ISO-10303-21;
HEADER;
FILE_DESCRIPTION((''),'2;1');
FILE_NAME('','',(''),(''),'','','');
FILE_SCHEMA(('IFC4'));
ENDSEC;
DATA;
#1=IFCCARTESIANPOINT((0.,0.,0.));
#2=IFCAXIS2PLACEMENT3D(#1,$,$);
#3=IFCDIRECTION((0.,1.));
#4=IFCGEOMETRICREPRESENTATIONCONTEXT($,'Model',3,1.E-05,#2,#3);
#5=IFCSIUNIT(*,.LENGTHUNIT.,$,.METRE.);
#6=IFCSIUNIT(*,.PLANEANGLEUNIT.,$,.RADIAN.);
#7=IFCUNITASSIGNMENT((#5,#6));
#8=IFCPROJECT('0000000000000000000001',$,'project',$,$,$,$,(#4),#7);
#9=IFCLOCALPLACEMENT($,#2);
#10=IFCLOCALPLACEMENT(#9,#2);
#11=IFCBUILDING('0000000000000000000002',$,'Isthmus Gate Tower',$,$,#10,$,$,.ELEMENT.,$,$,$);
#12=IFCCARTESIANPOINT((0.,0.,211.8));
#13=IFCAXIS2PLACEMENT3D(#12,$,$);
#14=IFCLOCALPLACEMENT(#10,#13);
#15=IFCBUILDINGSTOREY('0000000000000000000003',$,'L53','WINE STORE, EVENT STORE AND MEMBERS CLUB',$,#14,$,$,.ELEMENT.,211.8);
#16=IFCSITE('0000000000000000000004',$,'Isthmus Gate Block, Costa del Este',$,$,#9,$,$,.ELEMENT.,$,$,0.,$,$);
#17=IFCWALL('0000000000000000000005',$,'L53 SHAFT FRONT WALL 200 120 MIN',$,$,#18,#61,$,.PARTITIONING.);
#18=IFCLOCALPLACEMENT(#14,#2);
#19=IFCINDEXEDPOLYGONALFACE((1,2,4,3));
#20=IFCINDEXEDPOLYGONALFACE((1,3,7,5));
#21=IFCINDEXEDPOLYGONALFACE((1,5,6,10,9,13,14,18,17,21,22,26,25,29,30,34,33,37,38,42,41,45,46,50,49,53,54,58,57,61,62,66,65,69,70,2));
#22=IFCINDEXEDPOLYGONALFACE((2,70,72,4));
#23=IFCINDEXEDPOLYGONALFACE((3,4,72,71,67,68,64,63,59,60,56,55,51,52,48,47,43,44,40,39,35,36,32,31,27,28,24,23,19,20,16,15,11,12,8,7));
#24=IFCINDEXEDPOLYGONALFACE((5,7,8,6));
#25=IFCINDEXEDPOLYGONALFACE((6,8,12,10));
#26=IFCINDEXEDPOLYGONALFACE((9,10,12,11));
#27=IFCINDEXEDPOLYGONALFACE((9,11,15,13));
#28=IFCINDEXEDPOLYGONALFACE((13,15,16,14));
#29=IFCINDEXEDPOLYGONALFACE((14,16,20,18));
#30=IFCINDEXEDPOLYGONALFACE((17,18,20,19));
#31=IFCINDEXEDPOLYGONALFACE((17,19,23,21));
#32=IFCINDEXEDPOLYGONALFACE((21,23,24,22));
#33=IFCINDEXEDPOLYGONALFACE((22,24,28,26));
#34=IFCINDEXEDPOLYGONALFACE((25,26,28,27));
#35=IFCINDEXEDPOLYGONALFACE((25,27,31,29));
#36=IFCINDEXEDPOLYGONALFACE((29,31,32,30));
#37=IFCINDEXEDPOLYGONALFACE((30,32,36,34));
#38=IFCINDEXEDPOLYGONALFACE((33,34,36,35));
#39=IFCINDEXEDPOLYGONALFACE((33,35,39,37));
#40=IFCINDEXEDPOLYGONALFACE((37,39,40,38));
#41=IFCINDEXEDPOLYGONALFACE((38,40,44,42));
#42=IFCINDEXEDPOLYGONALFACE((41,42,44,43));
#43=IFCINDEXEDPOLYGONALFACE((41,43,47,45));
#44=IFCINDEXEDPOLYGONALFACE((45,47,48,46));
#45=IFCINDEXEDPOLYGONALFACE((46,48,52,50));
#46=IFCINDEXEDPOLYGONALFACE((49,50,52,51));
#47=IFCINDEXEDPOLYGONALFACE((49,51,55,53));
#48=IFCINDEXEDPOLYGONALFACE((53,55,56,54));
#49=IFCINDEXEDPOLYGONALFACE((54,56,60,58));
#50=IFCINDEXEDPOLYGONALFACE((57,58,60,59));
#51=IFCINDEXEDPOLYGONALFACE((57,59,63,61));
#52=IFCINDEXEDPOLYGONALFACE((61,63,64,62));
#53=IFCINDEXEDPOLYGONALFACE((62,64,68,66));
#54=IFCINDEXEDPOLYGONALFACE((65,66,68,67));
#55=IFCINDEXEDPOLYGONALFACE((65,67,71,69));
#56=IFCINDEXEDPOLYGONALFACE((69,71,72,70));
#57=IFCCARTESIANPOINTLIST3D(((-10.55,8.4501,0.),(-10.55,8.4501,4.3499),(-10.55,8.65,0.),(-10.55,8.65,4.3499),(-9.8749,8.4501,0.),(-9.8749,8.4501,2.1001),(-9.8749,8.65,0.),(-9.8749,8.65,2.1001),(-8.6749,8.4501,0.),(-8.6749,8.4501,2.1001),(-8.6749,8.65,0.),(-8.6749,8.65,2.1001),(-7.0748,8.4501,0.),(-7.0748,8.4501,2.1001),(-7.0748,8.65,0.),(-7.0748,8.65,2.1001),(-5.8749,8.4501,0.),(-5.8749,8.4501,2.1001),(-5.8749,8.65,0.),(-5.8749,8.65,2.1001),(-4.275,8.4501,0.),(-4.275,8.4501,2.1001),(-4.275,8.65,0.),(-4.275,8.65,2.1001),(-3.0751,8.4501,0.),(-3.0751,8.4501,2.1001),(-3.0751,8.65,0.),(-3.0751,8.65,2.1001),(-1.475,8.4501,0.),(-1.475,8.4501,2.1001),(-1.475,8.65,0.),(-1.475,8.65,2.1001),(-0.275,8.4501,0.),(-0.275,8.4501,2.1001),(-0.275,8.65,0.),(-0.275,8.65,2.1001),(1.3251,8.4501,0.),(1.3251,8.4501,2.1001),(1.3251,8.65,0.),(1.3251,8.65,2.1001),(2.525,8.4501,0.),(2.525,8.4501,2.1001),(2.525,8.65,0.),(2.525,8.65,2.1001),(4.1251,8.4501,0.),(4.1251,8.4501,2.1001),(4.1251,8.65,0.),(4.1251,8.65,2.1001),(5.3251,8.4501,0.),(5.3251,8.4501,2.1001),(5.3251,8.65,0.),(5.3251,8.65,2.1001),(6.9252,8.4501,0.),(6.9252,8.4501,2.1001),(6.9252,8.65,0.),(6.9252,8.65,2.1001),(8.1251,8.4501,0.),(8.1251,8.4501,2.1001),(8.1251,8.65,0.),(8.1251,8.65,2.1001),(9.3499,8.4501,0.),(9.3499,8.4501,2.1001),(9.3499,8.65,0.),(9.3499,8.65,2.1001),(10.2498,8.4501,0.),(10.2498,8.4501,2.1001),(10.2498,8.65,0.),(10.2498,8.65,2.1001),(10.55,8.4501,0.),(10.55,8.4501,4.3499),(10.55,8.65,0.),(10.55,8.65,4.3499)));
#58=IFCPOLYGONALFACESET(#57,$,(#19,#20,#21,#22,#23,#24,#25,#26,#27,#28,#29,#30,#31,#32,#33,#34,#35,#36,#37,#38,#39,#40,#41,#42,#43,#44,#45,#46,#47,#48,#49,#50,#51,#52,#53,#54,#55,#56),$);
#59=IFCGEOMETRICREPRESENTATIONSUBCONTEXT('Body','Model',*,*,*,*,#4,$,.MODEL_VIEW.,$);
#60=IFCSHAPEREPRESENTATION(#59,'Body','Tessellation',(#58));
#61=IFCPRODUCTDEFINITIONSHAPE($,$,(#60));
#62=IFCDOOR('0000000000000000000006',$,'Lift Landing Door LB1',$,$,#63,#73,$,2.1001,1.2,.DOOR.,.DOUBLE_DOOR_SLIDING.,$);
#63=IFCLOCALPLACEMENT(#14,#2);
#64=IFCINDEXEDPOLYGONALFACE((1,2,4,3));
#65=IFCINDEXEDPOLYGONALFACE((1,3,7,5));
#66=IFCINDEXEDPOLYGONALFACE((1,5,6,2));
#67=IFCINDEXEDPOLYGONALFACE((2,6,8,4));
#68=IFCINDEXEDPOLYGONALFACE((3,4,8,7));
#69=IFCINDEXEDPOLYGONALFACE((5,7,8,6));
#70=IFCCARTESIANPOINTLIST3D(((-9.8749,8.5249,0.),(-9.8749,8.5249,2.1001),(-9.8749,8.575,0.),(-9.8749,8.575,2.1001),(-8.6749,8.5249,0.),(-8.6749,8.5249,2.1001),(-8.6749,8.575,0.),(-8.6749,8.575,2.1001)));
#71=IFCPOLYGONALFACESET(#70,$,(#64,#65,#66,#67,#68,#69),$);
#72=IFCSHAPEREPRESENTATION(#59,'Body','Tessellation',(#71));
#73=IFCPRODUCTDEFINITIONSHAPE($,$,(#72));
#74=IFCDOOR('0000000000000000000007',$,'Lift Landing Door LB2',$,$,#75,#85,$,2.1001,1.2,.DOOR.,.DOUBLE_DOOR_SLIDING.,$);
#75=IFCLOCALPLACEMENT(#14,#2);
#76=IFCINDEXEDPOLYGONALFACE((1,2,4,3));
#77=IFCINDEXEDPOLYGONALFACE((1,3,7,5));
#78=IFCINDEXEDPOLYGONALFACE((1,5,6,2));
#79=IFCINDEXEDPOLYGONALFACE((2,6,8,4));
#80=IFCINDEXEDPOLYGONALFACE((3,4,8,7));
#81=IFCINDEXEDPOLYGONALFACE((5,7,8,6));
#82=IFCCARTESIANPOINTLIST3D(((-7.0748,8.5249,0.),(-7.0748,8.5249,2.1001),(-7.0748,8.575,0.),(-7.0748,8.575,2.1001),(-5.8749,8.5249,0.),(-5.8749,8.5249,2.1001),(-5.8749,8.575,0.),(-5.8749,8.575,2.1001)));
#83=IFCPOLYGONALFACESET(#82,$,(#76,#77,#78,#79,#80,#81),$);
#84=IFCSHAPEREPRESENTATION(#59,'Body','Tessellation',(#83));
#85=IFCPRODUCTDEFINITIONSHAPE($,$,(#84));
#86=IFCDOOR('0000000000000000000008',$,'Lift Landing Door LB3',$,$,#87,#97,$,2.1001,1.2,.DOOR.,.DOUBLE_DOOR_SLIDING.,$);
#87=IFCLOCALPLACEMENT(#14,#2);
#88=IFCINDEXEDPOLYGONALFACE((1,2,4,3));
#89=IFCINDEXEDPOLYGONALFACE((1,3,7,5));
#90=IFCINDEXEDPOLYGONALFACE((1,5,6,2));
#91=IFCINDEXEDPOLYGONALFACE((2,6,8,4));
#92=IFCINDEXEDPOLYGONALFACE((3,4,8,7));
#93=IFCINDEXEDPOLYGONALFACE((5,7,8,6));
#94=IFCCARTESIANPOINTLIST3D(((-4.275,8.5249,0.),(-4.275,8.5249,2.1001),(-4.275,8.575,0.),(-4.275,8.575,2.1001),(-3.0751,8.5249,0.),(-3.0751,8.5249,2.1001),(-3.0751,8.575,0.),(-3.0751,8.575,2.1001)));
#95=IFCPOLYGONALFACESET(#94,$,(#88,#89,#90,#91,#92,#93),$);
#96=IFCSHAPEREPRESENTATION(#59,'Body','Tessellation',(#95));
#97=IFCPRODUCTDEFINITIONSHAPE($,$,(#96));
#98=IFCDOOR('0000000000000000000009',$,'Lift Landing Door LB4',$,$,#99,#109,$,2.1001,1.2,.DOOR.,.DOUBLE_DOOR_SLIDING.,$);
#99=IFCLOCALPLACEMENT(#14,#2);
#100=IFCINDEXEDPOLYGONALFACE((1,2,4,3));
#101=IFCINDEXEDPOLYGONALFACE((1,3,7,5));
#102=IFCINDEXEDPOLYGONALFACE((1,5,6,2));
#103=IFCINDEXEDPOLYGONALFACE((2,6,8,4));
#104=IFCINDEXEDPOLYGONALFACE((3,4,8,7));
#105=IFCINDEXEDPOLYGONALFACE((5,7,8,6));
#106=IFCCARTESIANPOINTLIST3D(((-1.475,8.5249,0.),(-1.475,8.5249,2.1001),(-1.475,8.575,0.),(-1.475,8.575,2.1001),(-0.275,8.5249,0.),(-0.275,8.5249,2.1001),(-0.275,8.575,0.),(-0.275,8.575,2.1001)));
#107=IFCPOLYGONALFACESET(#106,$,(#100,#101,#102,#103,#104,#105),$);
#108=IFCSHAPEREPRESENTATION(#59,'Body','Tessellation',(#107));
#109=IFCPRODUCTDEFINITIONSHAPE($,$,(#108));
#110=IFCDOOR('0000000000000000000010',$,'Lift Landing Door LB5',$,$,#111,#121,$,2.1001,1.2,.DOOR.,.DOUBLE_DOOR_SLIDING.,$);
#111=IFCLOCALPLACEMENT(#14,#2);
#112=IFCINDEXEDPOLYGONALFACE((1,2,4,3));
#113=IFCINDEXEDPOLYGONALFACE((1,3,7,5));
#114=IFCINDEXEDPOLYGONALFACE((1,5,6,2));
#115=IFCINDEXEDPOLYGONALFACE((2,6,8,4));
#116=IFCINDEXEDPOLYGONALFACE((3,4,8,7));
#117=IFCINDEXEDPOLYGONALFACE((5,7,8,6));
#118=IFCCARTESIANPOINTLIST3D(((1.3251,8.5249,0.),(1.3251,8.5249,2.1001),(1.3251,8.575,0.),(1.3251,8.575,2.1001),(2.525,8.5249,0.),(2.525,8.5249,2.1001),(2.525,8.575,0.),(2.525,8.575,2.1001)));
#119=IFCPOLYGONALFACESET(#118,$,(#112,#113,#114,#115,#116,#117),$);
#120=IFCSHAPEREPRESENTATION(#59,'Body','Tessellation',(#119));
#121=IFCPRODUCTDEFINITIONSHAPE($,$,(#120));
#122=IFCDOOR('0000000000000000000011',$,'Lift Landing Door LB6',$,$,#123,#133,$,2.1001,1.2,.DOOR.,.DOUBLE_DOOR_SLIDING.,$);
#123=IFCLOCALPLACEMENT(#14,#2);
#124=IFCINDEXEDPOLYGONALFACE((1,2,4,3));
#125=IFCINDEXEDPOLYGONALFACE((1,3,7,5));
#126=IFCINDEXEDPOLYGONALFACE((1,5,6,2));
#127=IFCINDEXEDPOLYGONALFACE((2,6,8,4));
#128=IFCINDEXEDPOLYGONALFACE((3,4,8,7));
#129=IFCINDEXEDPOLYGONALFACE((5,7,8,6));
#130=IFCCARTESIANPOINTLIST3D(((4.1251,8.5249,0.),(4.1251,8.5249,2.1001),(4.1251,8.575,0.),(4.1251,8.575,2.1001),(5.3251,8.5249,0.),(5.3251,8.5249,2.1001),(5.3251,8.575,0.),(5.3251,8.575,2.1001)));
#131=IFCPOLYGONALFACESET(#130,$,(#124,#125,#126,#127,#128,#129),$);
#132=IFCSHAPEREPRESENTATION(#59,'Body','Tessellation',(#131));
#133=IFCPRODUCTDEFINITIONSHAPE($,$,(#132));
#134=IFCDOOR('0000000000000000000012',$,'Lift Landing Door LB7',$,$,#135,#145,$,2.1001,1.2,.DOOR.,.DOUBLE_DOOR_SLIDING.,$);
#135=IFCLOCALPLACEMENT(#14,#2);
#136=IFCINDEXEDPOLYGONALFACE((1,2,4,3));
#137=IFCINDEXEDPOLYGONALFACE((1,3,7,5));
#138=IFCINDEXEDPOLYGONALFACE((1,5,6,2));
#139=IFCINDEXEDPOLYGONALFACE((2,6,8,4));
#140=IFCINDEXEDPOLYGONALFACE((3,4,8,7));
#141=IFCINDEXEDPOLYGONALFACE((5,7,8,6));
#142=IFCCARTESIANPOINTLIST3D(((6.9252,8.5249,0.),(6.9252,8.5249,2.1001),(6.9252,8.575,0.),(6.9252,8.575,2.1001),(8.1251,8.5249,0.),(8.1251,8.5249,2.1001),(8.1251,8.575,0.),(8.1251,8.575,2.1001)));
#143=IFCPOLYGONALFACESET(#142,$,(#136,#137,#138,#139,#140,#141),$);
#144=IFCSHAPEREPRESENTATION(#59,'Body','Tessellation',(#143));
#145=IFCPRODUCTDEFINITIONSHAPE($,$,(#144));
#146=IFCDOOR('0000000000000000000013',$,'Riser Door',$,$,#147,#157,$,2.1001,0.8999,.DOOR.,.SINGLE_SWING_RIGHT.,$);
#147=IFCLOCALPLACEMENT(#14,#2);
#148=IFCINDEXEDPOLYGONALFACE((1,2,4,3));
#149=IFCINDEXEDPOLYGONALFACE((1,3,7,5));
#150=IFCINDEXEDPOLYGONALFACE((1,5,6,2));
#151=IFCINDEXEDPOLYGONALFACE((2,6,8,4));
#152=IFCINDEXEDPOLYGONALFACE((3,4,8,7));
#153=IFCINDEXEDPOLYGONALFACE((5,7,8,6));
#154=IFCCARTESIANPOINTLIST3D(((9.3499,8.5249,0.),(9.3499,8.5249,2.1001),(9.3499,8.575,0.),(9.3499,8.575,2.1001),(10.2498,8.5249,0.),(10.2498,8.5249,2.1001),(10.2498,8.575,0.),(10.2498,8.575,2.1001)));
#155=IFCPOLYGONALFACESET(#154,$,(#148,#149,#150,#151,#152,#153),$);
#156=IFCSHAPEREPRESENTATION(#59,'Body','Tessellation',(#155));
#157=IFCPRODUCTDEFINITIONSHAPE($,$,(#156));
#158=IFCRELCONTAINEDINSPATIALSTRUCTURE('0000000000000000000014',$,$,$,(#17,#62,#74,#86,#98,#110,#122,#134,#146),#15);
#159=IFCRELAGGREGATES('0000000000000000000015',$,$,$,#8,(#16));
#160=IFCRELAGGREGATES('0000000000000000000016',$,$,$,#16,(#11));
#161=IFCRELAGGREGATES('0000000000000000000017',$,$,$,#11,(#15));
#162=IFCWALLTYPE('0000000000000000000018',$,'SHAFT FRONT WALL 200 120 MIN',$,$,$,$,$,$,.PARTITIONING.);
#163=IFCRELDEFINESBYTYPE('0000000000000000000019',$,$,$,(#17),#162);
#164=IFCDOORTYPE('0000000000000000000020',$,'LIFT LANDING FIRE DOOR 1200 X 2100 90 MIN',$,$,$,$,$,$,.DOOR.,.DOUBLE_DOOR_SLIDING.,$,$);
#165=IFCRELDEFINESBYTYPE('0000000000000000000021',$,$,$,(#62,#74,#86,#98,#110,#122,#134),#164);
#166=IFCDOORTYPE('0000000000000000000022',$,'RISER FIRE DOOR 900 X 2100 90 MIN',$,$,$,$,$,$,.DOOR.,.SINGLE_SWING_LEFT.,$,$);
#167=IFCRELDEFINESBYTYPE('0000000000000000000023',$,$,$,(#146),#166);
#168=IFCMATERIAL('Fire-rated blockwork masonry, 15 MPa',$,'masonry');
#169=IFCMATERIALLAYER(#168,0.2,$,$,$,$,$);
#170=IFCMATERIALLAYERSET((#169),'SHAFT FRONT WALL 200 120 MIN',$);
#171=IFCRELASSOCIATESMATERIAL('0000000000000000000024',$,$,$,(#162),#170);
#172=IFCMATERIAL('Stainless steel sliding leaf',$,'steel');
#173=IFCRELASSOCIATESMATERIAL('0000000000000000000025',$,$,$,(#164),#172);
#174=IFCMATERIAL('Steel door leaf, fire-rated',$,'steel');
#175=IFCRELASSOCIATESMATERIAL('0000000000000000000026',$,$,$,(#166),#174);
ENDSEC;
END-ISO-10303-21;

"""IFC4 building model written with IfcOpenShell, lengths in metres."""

from ifc_helpers import new_model, si_unit, direction, frame, frame_2d, origin, place, context, subcontext, project, spatial, rectangle, extrude, material, layer, layer_set, type_object, element, fill, save


model = new_model("IFC4")

# Units and contexts
model_context = context("Model", 3, precision=1e-05, world=origin(), true_north=direction((0.0, 1.0)))
body_context = subcontext(model_context, "Body", "Model", "MODEL_VIEW")
ifc_project = project(units=[si_unit("LENGTHUNIT", "METRE"), si_unit("PLANEANGLEUNIT", "RADIAN")], contexts=[model_context])

# Site, building, storey
site_placement = place(None, origin())
site = spatial("IfcSite", under=ifc_project, at=site_placement, Name="Isthmus Gate Block, Costa del Este", CompositionType="ELEMENT", RefElevation=0.0)
building_placement = place(site_placement, origin())
building = spatial("IfcBuilding", under=site, at=building_placement, Name="Isthmus Gate Tower", CompositionType="ELEMENT")
storey_placement = place(building_placement, frame((0.0, 0.0, 211.8)))
storey = spatial("IfcBuildingStorey", under=building, at=storey_placement, Name="L53", Description="WINE STORE, EVENT STORE AND MEMBERS CLUB", CompositionType="ELEMENT", Elevation=211.8)

# Wall, openings, doors
ifc_material_1 = material(Name="Fire-rated blockwork masonry, 15 MPa", Category="masonry")
ifc_layer_1 = layer(ifc_material_1, 0.2)
ifc_layer_set_1 = layer_set([ifc_layer_1], Name="SHAFT FRONT WALL 200 120 MIN")
wall_type_1 = type_object("IfcWallType", Name="SHAFT FRONT WALL 200 120 MIN", PredefinedType="PARTITIONING", material=ifc_layer_set_1)
ifc_material_2 = material(Name="Stainless steel sliding leaf", Category="steel")
door_type_1 = type_object("IfcDoorType", Name="LIFT LANDING FIRE DOOR 1200 X 2100 90 MIN", OperationType="DOUBLE_DOOR_SLIDING", PredefinedType="DOOR", material=ifc_material_2)
ifc_material_3 = material(Name="Steel door leaf, fire-rated", Category="steel")
door_type_2 = type_object("IfcDoorType", Name="RISER FIRE DOOR 900 X 2100 90 MIN", OperationType="SINGLE_SWING_LEFT", PredefinedType="DOOR", material=ifc_material_3)
wall_1_placement = place(storey_placement, frame((-10.55, 8.55, 0.0), z_axis=(0.0, 0.0, 1.0), x_axis=(1.0, 0.0, 0.0)))
wall_1 = element("IfcWall", 1, at=wall_1_placement, inside=storey, type_object=wall_type_1, Name="L53 SHAFT FRONT WALL 200 120 MIN", PredefinedType="PARTITIONING", context=body_context, shape_type="SweptSolid", body=[
    extrude(rectangle(XDim=21.1001, YDim=0.2, at=frame_2d((10.55, 0.0))), origin(), (0.0, 0.0, 1.0), 4.3499),
])
opening_1_placement = place(wall_1_placement, frame((0.675, 0.0, 0.0)))
opening_1 = element("IfcOpeningElement", 2, at=opening_1_placement, cuts=wall_1, PredefinedType="OPENING", context=body_context, shape_type="SweptSolid", body=[
    extrude(rectangle(XDim=1.2, YDim=2.1001, at=frame_2d((0.6001, 1.05))), frame((0.0, 0.1099, 0.0), z_axis=(0.0, -1.0, 0.0), x_axis=(1.0, 0.0, 0.0)), (0.0, 0.0, 1.0), 0.22),
])
opening_2_placement = place(wall_1_placement, frame((3.4751, 0.0, 0.0)))
opening_2 = element("IfcOpeningElement", 3, at=opening_2_placement, cuts=wall_1, PredefinedType="OPENING", context=body_context, shape_type="SweptSolid", body=[
    extrude(rectangle(XDim=1.2, YDim=2.1001, at=frame_2d((0.6001, 1.05))), frame((0.0, 0.1099, 0.0), z_axis=(0.0, -1.0, 0.0), x_axis=(1.0, 0.0, 0.0)), (0.0, 0.0, 1.0), 0.22),
])
opening_3_placement = place(wall_1_placement, frame((6.2749, 0.0, 0.0)))
opening_3 = element("IfcOpeningElement", 4, at=opening_3_placement, cuts=wall_1, PredefinedType="OPENING", context=body_context, shape_type="SweptSolid", body=[
    extrude(rectangle(XDim=1.2, YDim=2.1001, at=frame_2d((0.6001, 1.05))), frame((0.0, 0.1099, 0.0), z_axis=(0.0, -1.0, 0.0), x_axis=(1.0, 0.0, 0.0)), (0.0, 0.0, 1.0), 0.22),
])
opening_4_placement = place(wall_1_placement, frame((9.075, 0.0, 0.0)))
opening_4 = element("IfcOpeningElement", 5, at=opening_4_placement, cuts=wall_1, PredefinedType="OPENING", context=body_context, shape_type="SweptSolid", body=[
    extrude(rectangle(XDim=1.2, YDim=2.1001, at=frame_2d((0.6001, 1.05))), frame((0.0, 0.1099, 0.0), z_axis=(0.0, -1.0, 0.0), x_axis=(1.0, 0.0, 0.0)), (0.0, 0.0, 1.0), 0.22),
])
opening_5_placement = place(wall_1_placement, frame((11.875, 0.0, 0.0)))
opening_5 = element("IfcOpeningElement", 6, at=opening_5_placement, cuts=wall_1, PredefinedType="OPENING", context=body_context, shape_type="SweptSolid", body=[
    extrude(rectangle(XDim=1.2, YDim=2.1001, at=frame_2d((0.6001, 1.05))), frame((0.0, 0.1099, 0.0), z_axis=(0.0, -1.0, 0.0), x_axis=(1.0, 0.0, 0.0)), (0.0, 0.0, 1.0), 0.22),
])
opening_6_placement = place(wall_1_placement, frame((14.675, 0.0, 0.0)))
opening_6 = element("IfcOpeningElement", 7, at=opening_6_placement, cuts=wall_1, PredefinedType="OPENING", context=body_context, shape_type="SweptSolid", body=[
    extrude(rectangle(XDim=1.2, YDim=2.1001, at=frame_2d((0.6001, 1.05))), frame((0.0, 0.1099, 0.0), z_axis=(0.0, -1.0, 0.0), x_axis=(1.0, 0.0, 0.0)), (0.0, 0.0, 1.0), 0.22),
])
opening_7_placement = place(wall_1_placement, frame((17.4751, 0.0, 0.0)))
opening_7 = element("IfcOpeningElement", 8, at=opening_7_placement, cuts=wall_1, PredefinedType="OPENING", context=body_context, shape_type="SweptSolid", body=[
    extrude(rectangle(XDim=1.2, YDim=2.1001, at=frame_2d((0.6001, 1.05))), frame((0.0, 0.1099, 0.0), z_axis=(0.0, -1.0, 0.0), x_axis=(1.0, 0.0, 0.0)), (0.0, 0.0, 1.0), 0.22),
])
opening_8_placement = place(wall_1_placement, frame((19.8999, 0.0, 0.0)))
opening_8 = element("IfcOpeningElement", 9, at=opening_8_placement, cuts=wall_1, PredefinedType="OPENING", context=body_context, shape_type="SweptSolid", body=[
    extrude(rectangle(XDim=0.8999, YDim=2.1001, at=frame_2d((0.45, 1.05))), frame((0.0, 0.1099, 0.0), z_axis=(0.0, -1.0, 0.0), x_axis=(1.0, 0.0, 0.0)), (0.0, 0.0, 1.0), 0.22),
])
door_1_placement = place(opening_1_placement, origin())
door_1 = element("IfcDoor", 10, at=door_1_placement, inside=storey, type_object=door_type_1, Name="Lift Landing Door LB1", OperationType="DOUBLE_DOOR_SLIDING", OverallHeight=2.1001, OverallWidth=1.2, PredefinedType="DOOR", context=body_context, shape_type="SweptSolid", body=[
    extrude(rectangle(XDim=1.2, YDim=2.1001, at=frame_2d((0.6001, 1.05))), frame((0.0, 0.0249, 0.0), z_axis=(0.0, -1.0, 0.0), x_axis=(1.0, 0.0, 0.0)), (0.0, 0.0, 1.0), 0.05),
])
fill(opening_1, door_1)
door_2_placement = place(opening_2_placement, origin())
door_2 = element("IfcDoor", 11, at=door_2_placement, inside=storey, type_object=door_type_1, Name="Lift Landing Door LB2", OperationType="DOUBLE_DOOR_SLIDING", OverallHeight=2.1001, OverallWidth=1.2, PredefinedType="DOOR", context=body_context, shape_type="SweptSolid", body=[
    extrude(rectangle(XDim=1.2, YDim=2.1001, at=frame_2d((0.6001, 1.05))), frame((0.0, 0.0249, 0.0), z_axis=(0.0, -1.0, 0.0), x_axis=(1.0, 0.0, 0.0)), (0.0, 0.0, 1.0), 0.05),
])
fill(opening_2, door_2)
door_3_placement = place(opening_3_placement, origin())
door_3 = element("IfcDoor", 12, at=door_3_placement, inside=storey, type_object=door_type_1, Name="Lift Landing Door LB3", OperationType="DOUBLE_DOOR_SLIDING", OverallHeight=2.1001, OverallWidth=1.2, PredefinedType="DOOR", context=body_context, shape_type="SweptSolid", body=[
    extrude(rectangle(XDim=1.2, YDim=2.1001, at=frame_2d((0.6001, 1.05))), frame((0.0, 0.0249, 0.0), z_axis=(0.0, -1.0, 0.0), x_axis=(1.0, 0.0, 0.0)), (0.0, 0.0, 1.0), 0.05),
])
fill(opening_3, door_3)
door_4_placement = place(opening_4_placement, origin())
door_4 = element("IfcDoor", 13, at=door_4_placement, inside=storey, type_object=door_type_1, Name="Lift Landing Door LB4", OperationType="DOUBLE_DOOR_SLIDING", OverallHeight=2.1001, OverallWidth=1.2, PredefinedType="DOOR", context=body_context, shape_type="SweptSolid", body=[
    extrude(rectangle(XDim=1.2, YDim=2.1001, at=frame_2d((0.6001, 1.05))), frame((0.0, 0.0249, 0.0), z_axis=(0.0, -1.0, 0.0), x_axis=(1.0, 0.0, 0.0)), (0.0, 0.0, 1.0), 0.05),
])
fill(opening_4, door_4)
door_5_placement = place(opening_5_placement, origin())
door_5 = element("IfcDoor", 14, at=door_5_placement, inside=storey, type_object=door_type_1, Name="Lift Landing Door LB5", OperationType="DOUBLE_DOOR_SLIDING", OverallHeight=2.1001, OverallWidth=1.2, PredefinedType="DOOR", context=body_context, shape_type="SweptSolid", body=[
    extrude(rectangle(XDim=1.2, YDim=2.1001, at=frame_2d((0.6001, 1.05))), frame((0.0, 0.0249, 0.0), z_axis=(0.0, -1.0, 0.0), x_axis=(1.0, 0.0, 0.0)), (0.0, 0.0, 1.0), 0.05),
])
fill(opening_5, door_5)
door_6_placement = place(opening_6_placement, origin())
door_6 = element("IfcDoor", 15, at=door_6_placement, inside=storey, type_object=door_type_1, Name="Lift Landing Door LB6", OperationType="DOUBLE_DOOR_SLIDING", OverallHeight=2.1001, OverallWidth=1.2, PredefinedType="DOOR", context=body_context, shape_type="SweptSolid", body=[
    extrude(rectangle(XDim=1.2, YDim=2.1001, at=frame_2d((0.6001, 1.05))), frame((0.0, 0.0249, 0.0), z_axis=(0.0, -1.0, 0.0), x_axis=(1.0, 0.0, 0.0)), (0.0, 0.0, 1.0), 0.05),
])
fill(opening_6, door_6)
door_7_placement = place(opening_7_placement, origin())
door_7 = element("IfcDoor", 16, at=door_7_placement, inside=storey, type_object=door_type_1, Name="Lift Landing Door LB7", OperationType="DOUBLE_DOOR_SLIDING", OverallHeight=2.1001, OverallWidth=1.2, PredefinedType="DOOR", context=body_context, shape_type="SweptSolid", body=[
    extrude(rectangle(XDim=1.2, YDim=2.1001, at=frame_2d((0.6001, 1.05))), frame((0.0, 0.0249, 0.0), z_axis=(0.0, -1.0, 0.0), x_axis=(1.0, 0.0, 0.0)), (0.0, 0.0, 1.0), 0.05),
])
fill(opening_7, door_7)
door_8_placement = place(opening_8_placement, origin())
door_8 = element("IfcDoor", 17, at=door_8_placement, inside=storey, type_object=door_type_2, Name="Riser Door", OperationType="SINGLE_SWING_RIGHT", OverallHeight=2.1001, OverallWidth=0.8999, PredefinedType="DOOR", context=body_context, shape_type="SweptSolid", body=[
    extrude(rectangle(XDim=0.8999, YDim=2.1001, at=frame_2d((0.45, 1.05))), frame((0.0, 0.0249, 0.0), z_axis=(0.0, -1.0, 0.0), x_axis=(1.0, 0.0, 0.0)), (0.0, 0.0, 1.0), 0.05),
])
fill(opening_8, door_8)

save(model, "model.ifc")
